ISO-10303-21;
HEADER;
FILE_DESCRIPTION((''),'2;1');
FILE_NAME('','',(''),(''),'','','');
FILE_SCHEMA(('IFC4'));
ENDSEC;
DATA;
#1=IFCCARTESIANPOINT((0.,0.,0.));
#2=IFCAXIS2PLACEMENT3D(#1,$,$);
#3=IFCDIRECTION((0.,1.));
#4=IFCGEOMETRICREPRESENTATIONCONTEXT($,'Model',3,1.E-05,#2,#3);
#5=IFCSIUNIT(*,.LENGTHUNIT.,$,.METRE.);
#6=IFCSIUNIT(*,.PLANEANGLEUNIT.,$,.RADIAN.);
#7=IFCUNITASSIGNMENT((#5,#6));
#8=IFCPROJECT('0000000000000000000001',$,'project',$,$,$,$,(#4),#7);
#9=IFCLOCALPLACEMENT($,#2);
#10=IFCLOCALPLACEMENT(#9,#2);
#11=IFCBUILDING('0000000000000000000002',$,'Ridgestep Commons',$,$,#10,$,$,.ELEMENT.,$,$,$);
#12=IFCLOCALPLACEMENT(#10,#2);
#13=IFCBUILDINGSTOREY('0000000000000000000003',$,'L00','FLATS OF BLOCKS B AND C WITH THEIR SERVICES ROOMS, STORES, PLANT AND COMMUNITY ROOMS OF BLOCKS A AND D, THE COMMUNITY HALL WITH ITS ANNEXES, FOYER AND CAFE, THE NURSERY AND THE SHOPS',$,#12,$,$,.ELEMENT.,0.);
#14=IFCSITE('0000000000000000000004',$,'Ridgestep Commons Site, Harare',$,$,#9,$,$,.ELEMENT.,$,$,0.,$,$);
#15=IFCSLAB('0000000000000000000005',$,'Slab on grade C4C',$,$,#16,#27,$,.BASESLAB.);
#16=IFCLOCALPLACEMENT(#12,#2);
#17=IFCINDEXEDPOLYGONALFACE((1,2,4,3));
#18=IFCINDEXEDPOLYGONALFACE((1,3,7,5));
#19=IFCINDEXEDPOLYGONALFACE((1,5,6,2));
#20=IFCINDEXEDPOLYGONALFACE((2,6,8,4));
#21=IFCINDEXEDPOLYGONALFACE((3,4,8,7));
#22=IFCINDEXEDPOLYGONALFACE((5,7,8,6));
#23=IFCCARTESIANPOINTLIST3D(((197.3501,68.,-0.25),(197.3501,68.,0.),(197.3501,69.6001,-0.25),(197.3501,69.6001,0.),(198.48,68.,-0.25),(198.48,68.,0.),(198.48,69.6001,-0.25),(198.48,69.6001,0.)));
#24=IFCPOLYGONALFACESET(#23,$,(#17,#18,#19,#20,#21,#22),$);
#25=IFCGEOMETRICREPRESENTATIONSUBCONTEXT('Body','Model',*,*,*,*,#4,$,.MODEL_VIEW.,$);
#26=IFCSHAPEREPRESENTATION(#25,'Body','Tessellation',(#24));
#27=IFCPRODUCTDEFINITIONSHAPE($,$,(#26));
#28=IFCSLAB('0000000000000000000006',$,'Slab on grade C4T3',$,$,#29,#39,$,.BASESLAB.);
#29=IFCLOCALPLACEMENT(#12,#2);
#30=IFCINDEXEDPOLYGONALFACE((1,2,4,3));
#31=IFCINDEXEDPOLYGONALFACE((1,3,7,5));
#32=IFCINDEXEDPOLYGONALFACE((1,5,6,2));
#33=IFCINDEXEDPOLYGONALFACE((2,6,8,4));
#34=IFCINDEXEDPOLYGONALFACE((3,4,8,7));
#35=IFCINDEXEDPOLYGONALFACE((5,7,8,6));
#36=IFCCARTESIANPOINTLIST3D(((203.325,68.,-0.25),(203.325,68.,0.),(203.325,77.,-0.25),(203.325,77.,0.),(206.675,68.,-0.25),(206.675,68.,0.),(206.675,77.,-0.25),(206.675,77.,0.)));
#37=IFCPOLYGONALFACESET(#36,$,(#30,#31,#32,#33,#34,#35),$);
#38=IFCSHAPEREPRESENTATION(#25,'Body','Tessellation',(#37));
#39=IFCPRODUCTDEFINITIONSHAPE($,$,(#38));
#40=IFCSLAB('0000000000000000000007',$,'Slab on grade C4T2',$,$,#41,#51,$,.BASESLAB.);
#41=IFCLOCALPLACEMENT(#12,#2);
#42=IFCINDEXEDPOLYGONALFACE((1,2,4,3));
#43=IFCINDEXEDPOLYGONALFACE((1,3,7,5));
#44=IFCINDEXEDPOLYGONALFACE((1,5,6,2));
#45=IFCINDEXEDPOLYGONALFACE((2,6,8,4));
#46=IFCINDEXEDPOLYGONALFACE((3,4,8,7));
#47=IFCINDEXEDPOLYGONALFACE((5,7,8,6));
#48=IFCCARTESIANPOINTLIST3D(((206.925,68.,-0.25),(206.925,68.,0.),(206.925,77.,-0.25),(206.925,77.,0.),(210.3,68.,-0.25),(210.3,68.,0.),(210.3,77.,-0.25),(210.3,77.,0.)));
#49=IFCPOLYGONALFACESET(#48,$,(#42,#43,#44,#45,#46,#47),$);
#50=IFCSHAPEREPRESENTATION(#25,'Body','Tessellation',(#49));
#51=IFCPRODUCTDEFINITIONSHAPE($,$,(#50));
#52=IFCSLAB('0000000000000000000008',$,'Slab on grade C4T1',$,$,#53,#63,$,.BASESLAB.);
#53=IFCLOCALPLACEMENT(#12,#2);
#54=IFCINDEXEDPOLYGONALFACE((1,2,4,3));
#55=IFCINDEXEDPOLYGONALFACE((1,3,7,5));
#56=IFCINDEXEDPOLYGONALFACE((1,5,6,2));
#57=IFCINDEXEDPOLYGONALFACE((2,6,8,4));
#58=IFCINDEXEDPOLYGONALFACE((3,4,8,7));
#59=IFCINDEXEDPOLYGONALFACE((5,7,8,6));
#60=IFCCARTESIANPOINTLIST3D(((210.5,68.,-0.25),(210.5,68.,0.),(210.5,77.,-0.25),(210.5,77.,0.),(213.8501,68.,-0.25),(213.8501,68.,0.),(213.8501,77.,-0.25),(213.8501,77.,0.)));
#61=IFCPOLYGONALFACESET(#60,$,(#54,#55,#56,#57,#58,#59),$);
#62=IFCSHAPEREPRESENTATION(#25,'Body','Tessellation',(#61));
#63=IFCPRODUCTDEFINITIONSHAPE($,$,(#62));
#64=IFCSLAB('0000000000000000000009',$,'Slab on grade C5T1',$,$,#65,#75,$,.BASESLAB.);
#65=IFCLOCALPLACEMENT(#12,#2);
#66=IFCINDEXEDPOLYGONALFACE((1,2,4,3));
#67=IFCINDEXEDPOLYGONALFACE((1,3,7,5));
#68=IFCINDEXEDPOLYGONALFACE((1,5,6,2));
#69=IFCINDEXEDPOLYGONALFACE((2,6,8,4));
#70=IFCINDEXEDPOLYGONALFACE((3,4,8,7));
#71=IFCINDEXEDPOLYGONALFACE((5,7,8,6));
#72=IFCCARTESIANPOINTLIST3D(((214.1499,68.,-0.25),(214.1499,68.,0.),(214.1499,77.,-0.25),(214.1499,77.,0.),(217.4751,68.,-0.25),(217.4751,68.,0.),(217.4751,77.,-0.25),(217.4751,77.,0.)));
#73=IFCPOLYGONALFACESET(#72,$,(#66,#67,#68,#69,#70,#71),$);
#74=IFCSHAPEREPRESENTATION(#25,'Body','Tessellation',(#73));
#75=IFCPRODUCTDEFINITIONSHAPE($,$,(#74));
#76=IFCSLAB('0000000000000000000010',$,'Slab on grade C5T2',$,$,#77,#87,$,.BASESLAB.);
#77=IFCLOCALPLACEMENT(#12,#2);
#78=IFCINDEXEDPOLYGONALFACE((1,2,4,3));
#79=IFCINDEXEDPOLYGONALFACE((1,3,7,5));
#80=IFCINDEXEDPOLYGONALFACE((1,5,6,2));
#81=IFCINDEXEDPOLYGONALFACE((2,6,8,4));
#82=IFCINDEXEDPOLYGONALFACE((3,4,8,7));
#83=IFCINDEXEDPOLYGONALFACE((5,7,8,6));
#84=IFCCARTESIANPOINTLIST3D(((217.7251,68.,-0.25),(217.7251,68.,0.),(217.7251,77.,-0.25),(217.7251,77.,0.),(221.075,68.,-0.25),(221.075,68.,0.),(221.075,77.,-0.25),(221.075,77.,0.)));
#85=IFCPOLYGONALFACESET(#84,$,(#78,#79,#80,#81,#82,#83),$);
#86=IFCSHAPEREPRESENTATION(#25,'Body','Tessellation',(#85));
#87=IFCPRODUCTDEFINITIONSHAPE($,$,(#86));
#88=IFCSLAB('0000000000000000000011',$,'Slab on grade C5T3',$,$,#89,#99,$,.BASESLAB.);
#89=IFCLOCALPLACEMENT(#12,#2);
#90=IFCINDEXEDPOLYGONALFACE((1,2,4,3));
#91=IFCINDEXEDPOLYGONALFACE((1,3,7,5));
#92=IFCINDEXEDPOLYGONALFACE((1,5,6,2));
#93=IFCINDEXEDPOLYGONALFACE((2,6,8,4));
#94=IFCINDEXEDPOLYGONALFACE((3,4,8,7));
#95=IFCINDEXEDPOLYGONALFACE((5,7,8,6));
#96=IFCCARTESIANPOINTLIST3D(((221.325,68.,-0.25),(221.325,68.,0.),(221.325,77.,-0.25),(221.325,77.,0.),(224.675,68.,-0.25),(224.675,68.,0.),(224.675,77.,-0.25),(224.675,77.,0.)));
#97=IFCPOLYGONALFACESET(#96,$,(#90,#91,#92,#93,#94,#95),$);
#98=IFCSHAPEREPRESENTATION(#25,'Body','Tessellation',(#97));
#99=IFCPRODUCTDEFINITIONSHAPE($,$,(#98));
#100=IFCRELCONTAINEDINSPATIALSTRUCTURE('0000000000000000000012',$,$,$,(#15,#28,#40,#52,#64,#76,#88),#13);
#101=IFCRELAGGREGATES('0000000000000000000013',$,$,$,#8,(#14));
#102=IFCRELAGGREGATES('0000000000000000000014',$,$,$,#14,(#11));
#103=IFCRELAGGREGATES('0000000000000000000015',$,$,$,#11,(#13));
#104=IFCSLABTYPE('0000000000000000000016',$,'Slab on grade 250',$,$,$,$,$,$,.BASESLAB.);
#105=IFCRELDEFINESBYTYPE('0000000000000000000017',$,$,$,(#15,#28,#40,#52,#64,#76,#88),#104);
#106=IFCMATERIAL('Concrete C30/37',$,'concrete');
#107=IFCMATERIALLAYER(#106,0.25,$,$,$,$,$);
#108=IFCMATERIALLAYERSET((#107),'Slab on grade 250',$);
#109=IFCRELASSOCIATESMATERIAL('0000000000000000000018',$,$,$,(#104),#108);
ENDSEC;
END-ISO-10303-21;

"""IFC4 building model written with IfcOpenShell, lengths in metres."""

from ifc_helpers import new_model, si_unit, direction, frame, origin, place, context, subcontext, project, spatial, polyline, outline, extrude, material, layer, layer_set, type_object, element, save


model = new_model("IFC4")

# Units and contexts
model_context = context("Model", 3, precision=1e-05, world=origin(), true_north=direction((0.0, 1.0)))
body_context = subcontext(model_context, "Body", "Model", "MODEL_VIEW")
ifc_project = project(units=[si_unit("LENGTHUNIT", "METRE"), si_unit("PLANEANGLEUNIT", "RADIAN")], contexts=[model_context])

# Site, building, storey
site_placement = place(None, origin())
site = spatial("IfcSite", under=ifc_project, at=site_placement, Name="Ridgestep Commons Site, Harare", CompositionType="ELEMENT", RefElevation=0.0)
building_placement = place(site_placement, origin())
building = spatial("IfcBuilding", under=site, at=building_placement, Name="Ridgestep Commons", CompositionType="ELEMENT")
storey_placement = place(building_placement, origin())
storey = spatial("IfcBuildingStorey", under=building, at=storey_placement, Name="L00", Description="FLATS OF BLOCKS B AND C WITH THEIR SERVICES ROOMS, STORES, PLANT AND COMMUNITY ROOMS OF BLOCKS A AND D, THE COMMUNITY HALL WITH ITS ANNEXES, FOYER AND CAFE, THE NURSERY AND THE SHOPS", CompositionType="ELEMENT", Elevation=0.0)

# Slabs
ifc_material = material(Name="Concrete C30/37", Category="concrete")
ifc_layer = layer(ifc_material, 0.25)
ifc_layer_set = layer_set([ifc_layer], Name="Slab on grade 250")
slab_type = type_object("IfcSlabType", Name="Slab on grade 250", PredefinedType="BASESLAB", material=ifc_layer_set)
slab_1_placement = place(storey_placement, frame((0.0, 0.0, -0.25)))
element("IfcSlab", 1, at=slab_1_placement, inside=storey, type_object=slab_type, Name="Slab on grade C4C", PredefinedType="BASESLAB", context=body_context, shape_type="SweptSolid", body=[
    extrude(outline(polyline([(198.48, 69.6001), (197.3501, 69.6001), (197.3501, 68.0), (198.48, 68.0), (198.48, 69.6001)])), origin(), (0.0, 0.0, 1.0), 0.25),
])
slab_2_placement = place(storey_placement, frame((0.0, 0.0, -0.25)))
element("IfcSlab", 2, at=slab_2_placement, inside=storey, type_object=slab_type, Name="Slab on grade C4T3", PredefinedType="BASESLAB", context=body_context, shape_type="SweptSolid", body=[
    extrude(outline(polyline([(206.675, 68.0), (206.675, 77.0), (203.325, 77.0), (203.325, 68.0), (206.675, 68.0)])), origin(), (0.0, 0.0, 1.0), 0.25),
])
slab_3_placement = place(storey_placement, frame((0.0, 0.0, -0.25)))
element("IfcSlab", 3, at=slab_3_placement, inside=storey, type_object=slab_type, Name="Slab on grade C4T2", PredefinedType="BASESLAB", context=body_context, shape_type="SweptSolid", body=[
    extrude(outline(polyline([(210.3, 68.0), (210.3, 77.0), (206.925, 77.0), (206.925, 68.0), (210.3, 68.0)])), origin(), (0.0, 0.0, 1.0), 0.25),
])
slab_4_placement = place(storey_placement, frame((0.0, 0.0, -0.25)))
element("IfcSlab", 4, at=slab_4_placement, inside=storey, type_object=slab_type, Name="Slab on grade C4T1", PredefinedType="BASESLAB", context=body_context, shape_type="SweptSolid", body=[
    extrude(outline(polyline([(213.8501, 68.0), (213.8501, 77.0), (210.5, 77.0), (210.5, 68.0), (213.8501, 68.0)])), origin(), (0.0, 0.0, 1.0), 0.25),
])
slab_5_placement = place(storey_placement, frame((0.0, 0.0, -0.25)))
element("IfcSlab", 5, at=slab_5_placement, inside=storey, type_object=slab_type, Name="Slab on grade C5T1", PredefinedType="BASESLAB", context=body_context, shape_type="SweptSolid", body=[
    extrude(outline(polyline([(217.4751, 68.0), (217.4751, 77.0), (214.1499, 77.0), (214.1499, 68.0), (217.4751, 68.0)])), origin(), (0.0, 0.0, 1.0), 0.25),
])
slab_6_placement = place(storey_placement, frame((0.0, 0.0, -0.25)))
element("IfcSlab", 6, at=slab_6_placement, inside=storey, type_object=slab_type, Name="Slab on grade C5T2", PredefinedType="BASESLAB", context=body_context, shape_type="SweptSolid", body=[
    extrude(outline(polyline([(221.075, 68.0), (221.075, 77.0), (217.7251, 77.0), (217.7251, 68.0), (221.075, 68.0)])), origin(), (0.0, 0.0, 1.0), 0.25),
])
slab_7_placement = place(storey_placement, frame((0.0, 0.0, -0.25)))
element("IfcSlab", 7, at=slab_7_placement, inside=storey, type_object=slab_type, Name="Slab on grade C5T3", PredefinedType="BASESLAB", context=body_context, shape_type="SweptSolid", body=[
    extrude(outline(polyline([(224.675, 68.0), (224.675, 77.0), (221.325, 77.0), (221.325, 68.0), (224.675, 68.0)])), origin(), (0.0, 0.0, 1.0), 0.25),
])

save(model, "model.ifc")
